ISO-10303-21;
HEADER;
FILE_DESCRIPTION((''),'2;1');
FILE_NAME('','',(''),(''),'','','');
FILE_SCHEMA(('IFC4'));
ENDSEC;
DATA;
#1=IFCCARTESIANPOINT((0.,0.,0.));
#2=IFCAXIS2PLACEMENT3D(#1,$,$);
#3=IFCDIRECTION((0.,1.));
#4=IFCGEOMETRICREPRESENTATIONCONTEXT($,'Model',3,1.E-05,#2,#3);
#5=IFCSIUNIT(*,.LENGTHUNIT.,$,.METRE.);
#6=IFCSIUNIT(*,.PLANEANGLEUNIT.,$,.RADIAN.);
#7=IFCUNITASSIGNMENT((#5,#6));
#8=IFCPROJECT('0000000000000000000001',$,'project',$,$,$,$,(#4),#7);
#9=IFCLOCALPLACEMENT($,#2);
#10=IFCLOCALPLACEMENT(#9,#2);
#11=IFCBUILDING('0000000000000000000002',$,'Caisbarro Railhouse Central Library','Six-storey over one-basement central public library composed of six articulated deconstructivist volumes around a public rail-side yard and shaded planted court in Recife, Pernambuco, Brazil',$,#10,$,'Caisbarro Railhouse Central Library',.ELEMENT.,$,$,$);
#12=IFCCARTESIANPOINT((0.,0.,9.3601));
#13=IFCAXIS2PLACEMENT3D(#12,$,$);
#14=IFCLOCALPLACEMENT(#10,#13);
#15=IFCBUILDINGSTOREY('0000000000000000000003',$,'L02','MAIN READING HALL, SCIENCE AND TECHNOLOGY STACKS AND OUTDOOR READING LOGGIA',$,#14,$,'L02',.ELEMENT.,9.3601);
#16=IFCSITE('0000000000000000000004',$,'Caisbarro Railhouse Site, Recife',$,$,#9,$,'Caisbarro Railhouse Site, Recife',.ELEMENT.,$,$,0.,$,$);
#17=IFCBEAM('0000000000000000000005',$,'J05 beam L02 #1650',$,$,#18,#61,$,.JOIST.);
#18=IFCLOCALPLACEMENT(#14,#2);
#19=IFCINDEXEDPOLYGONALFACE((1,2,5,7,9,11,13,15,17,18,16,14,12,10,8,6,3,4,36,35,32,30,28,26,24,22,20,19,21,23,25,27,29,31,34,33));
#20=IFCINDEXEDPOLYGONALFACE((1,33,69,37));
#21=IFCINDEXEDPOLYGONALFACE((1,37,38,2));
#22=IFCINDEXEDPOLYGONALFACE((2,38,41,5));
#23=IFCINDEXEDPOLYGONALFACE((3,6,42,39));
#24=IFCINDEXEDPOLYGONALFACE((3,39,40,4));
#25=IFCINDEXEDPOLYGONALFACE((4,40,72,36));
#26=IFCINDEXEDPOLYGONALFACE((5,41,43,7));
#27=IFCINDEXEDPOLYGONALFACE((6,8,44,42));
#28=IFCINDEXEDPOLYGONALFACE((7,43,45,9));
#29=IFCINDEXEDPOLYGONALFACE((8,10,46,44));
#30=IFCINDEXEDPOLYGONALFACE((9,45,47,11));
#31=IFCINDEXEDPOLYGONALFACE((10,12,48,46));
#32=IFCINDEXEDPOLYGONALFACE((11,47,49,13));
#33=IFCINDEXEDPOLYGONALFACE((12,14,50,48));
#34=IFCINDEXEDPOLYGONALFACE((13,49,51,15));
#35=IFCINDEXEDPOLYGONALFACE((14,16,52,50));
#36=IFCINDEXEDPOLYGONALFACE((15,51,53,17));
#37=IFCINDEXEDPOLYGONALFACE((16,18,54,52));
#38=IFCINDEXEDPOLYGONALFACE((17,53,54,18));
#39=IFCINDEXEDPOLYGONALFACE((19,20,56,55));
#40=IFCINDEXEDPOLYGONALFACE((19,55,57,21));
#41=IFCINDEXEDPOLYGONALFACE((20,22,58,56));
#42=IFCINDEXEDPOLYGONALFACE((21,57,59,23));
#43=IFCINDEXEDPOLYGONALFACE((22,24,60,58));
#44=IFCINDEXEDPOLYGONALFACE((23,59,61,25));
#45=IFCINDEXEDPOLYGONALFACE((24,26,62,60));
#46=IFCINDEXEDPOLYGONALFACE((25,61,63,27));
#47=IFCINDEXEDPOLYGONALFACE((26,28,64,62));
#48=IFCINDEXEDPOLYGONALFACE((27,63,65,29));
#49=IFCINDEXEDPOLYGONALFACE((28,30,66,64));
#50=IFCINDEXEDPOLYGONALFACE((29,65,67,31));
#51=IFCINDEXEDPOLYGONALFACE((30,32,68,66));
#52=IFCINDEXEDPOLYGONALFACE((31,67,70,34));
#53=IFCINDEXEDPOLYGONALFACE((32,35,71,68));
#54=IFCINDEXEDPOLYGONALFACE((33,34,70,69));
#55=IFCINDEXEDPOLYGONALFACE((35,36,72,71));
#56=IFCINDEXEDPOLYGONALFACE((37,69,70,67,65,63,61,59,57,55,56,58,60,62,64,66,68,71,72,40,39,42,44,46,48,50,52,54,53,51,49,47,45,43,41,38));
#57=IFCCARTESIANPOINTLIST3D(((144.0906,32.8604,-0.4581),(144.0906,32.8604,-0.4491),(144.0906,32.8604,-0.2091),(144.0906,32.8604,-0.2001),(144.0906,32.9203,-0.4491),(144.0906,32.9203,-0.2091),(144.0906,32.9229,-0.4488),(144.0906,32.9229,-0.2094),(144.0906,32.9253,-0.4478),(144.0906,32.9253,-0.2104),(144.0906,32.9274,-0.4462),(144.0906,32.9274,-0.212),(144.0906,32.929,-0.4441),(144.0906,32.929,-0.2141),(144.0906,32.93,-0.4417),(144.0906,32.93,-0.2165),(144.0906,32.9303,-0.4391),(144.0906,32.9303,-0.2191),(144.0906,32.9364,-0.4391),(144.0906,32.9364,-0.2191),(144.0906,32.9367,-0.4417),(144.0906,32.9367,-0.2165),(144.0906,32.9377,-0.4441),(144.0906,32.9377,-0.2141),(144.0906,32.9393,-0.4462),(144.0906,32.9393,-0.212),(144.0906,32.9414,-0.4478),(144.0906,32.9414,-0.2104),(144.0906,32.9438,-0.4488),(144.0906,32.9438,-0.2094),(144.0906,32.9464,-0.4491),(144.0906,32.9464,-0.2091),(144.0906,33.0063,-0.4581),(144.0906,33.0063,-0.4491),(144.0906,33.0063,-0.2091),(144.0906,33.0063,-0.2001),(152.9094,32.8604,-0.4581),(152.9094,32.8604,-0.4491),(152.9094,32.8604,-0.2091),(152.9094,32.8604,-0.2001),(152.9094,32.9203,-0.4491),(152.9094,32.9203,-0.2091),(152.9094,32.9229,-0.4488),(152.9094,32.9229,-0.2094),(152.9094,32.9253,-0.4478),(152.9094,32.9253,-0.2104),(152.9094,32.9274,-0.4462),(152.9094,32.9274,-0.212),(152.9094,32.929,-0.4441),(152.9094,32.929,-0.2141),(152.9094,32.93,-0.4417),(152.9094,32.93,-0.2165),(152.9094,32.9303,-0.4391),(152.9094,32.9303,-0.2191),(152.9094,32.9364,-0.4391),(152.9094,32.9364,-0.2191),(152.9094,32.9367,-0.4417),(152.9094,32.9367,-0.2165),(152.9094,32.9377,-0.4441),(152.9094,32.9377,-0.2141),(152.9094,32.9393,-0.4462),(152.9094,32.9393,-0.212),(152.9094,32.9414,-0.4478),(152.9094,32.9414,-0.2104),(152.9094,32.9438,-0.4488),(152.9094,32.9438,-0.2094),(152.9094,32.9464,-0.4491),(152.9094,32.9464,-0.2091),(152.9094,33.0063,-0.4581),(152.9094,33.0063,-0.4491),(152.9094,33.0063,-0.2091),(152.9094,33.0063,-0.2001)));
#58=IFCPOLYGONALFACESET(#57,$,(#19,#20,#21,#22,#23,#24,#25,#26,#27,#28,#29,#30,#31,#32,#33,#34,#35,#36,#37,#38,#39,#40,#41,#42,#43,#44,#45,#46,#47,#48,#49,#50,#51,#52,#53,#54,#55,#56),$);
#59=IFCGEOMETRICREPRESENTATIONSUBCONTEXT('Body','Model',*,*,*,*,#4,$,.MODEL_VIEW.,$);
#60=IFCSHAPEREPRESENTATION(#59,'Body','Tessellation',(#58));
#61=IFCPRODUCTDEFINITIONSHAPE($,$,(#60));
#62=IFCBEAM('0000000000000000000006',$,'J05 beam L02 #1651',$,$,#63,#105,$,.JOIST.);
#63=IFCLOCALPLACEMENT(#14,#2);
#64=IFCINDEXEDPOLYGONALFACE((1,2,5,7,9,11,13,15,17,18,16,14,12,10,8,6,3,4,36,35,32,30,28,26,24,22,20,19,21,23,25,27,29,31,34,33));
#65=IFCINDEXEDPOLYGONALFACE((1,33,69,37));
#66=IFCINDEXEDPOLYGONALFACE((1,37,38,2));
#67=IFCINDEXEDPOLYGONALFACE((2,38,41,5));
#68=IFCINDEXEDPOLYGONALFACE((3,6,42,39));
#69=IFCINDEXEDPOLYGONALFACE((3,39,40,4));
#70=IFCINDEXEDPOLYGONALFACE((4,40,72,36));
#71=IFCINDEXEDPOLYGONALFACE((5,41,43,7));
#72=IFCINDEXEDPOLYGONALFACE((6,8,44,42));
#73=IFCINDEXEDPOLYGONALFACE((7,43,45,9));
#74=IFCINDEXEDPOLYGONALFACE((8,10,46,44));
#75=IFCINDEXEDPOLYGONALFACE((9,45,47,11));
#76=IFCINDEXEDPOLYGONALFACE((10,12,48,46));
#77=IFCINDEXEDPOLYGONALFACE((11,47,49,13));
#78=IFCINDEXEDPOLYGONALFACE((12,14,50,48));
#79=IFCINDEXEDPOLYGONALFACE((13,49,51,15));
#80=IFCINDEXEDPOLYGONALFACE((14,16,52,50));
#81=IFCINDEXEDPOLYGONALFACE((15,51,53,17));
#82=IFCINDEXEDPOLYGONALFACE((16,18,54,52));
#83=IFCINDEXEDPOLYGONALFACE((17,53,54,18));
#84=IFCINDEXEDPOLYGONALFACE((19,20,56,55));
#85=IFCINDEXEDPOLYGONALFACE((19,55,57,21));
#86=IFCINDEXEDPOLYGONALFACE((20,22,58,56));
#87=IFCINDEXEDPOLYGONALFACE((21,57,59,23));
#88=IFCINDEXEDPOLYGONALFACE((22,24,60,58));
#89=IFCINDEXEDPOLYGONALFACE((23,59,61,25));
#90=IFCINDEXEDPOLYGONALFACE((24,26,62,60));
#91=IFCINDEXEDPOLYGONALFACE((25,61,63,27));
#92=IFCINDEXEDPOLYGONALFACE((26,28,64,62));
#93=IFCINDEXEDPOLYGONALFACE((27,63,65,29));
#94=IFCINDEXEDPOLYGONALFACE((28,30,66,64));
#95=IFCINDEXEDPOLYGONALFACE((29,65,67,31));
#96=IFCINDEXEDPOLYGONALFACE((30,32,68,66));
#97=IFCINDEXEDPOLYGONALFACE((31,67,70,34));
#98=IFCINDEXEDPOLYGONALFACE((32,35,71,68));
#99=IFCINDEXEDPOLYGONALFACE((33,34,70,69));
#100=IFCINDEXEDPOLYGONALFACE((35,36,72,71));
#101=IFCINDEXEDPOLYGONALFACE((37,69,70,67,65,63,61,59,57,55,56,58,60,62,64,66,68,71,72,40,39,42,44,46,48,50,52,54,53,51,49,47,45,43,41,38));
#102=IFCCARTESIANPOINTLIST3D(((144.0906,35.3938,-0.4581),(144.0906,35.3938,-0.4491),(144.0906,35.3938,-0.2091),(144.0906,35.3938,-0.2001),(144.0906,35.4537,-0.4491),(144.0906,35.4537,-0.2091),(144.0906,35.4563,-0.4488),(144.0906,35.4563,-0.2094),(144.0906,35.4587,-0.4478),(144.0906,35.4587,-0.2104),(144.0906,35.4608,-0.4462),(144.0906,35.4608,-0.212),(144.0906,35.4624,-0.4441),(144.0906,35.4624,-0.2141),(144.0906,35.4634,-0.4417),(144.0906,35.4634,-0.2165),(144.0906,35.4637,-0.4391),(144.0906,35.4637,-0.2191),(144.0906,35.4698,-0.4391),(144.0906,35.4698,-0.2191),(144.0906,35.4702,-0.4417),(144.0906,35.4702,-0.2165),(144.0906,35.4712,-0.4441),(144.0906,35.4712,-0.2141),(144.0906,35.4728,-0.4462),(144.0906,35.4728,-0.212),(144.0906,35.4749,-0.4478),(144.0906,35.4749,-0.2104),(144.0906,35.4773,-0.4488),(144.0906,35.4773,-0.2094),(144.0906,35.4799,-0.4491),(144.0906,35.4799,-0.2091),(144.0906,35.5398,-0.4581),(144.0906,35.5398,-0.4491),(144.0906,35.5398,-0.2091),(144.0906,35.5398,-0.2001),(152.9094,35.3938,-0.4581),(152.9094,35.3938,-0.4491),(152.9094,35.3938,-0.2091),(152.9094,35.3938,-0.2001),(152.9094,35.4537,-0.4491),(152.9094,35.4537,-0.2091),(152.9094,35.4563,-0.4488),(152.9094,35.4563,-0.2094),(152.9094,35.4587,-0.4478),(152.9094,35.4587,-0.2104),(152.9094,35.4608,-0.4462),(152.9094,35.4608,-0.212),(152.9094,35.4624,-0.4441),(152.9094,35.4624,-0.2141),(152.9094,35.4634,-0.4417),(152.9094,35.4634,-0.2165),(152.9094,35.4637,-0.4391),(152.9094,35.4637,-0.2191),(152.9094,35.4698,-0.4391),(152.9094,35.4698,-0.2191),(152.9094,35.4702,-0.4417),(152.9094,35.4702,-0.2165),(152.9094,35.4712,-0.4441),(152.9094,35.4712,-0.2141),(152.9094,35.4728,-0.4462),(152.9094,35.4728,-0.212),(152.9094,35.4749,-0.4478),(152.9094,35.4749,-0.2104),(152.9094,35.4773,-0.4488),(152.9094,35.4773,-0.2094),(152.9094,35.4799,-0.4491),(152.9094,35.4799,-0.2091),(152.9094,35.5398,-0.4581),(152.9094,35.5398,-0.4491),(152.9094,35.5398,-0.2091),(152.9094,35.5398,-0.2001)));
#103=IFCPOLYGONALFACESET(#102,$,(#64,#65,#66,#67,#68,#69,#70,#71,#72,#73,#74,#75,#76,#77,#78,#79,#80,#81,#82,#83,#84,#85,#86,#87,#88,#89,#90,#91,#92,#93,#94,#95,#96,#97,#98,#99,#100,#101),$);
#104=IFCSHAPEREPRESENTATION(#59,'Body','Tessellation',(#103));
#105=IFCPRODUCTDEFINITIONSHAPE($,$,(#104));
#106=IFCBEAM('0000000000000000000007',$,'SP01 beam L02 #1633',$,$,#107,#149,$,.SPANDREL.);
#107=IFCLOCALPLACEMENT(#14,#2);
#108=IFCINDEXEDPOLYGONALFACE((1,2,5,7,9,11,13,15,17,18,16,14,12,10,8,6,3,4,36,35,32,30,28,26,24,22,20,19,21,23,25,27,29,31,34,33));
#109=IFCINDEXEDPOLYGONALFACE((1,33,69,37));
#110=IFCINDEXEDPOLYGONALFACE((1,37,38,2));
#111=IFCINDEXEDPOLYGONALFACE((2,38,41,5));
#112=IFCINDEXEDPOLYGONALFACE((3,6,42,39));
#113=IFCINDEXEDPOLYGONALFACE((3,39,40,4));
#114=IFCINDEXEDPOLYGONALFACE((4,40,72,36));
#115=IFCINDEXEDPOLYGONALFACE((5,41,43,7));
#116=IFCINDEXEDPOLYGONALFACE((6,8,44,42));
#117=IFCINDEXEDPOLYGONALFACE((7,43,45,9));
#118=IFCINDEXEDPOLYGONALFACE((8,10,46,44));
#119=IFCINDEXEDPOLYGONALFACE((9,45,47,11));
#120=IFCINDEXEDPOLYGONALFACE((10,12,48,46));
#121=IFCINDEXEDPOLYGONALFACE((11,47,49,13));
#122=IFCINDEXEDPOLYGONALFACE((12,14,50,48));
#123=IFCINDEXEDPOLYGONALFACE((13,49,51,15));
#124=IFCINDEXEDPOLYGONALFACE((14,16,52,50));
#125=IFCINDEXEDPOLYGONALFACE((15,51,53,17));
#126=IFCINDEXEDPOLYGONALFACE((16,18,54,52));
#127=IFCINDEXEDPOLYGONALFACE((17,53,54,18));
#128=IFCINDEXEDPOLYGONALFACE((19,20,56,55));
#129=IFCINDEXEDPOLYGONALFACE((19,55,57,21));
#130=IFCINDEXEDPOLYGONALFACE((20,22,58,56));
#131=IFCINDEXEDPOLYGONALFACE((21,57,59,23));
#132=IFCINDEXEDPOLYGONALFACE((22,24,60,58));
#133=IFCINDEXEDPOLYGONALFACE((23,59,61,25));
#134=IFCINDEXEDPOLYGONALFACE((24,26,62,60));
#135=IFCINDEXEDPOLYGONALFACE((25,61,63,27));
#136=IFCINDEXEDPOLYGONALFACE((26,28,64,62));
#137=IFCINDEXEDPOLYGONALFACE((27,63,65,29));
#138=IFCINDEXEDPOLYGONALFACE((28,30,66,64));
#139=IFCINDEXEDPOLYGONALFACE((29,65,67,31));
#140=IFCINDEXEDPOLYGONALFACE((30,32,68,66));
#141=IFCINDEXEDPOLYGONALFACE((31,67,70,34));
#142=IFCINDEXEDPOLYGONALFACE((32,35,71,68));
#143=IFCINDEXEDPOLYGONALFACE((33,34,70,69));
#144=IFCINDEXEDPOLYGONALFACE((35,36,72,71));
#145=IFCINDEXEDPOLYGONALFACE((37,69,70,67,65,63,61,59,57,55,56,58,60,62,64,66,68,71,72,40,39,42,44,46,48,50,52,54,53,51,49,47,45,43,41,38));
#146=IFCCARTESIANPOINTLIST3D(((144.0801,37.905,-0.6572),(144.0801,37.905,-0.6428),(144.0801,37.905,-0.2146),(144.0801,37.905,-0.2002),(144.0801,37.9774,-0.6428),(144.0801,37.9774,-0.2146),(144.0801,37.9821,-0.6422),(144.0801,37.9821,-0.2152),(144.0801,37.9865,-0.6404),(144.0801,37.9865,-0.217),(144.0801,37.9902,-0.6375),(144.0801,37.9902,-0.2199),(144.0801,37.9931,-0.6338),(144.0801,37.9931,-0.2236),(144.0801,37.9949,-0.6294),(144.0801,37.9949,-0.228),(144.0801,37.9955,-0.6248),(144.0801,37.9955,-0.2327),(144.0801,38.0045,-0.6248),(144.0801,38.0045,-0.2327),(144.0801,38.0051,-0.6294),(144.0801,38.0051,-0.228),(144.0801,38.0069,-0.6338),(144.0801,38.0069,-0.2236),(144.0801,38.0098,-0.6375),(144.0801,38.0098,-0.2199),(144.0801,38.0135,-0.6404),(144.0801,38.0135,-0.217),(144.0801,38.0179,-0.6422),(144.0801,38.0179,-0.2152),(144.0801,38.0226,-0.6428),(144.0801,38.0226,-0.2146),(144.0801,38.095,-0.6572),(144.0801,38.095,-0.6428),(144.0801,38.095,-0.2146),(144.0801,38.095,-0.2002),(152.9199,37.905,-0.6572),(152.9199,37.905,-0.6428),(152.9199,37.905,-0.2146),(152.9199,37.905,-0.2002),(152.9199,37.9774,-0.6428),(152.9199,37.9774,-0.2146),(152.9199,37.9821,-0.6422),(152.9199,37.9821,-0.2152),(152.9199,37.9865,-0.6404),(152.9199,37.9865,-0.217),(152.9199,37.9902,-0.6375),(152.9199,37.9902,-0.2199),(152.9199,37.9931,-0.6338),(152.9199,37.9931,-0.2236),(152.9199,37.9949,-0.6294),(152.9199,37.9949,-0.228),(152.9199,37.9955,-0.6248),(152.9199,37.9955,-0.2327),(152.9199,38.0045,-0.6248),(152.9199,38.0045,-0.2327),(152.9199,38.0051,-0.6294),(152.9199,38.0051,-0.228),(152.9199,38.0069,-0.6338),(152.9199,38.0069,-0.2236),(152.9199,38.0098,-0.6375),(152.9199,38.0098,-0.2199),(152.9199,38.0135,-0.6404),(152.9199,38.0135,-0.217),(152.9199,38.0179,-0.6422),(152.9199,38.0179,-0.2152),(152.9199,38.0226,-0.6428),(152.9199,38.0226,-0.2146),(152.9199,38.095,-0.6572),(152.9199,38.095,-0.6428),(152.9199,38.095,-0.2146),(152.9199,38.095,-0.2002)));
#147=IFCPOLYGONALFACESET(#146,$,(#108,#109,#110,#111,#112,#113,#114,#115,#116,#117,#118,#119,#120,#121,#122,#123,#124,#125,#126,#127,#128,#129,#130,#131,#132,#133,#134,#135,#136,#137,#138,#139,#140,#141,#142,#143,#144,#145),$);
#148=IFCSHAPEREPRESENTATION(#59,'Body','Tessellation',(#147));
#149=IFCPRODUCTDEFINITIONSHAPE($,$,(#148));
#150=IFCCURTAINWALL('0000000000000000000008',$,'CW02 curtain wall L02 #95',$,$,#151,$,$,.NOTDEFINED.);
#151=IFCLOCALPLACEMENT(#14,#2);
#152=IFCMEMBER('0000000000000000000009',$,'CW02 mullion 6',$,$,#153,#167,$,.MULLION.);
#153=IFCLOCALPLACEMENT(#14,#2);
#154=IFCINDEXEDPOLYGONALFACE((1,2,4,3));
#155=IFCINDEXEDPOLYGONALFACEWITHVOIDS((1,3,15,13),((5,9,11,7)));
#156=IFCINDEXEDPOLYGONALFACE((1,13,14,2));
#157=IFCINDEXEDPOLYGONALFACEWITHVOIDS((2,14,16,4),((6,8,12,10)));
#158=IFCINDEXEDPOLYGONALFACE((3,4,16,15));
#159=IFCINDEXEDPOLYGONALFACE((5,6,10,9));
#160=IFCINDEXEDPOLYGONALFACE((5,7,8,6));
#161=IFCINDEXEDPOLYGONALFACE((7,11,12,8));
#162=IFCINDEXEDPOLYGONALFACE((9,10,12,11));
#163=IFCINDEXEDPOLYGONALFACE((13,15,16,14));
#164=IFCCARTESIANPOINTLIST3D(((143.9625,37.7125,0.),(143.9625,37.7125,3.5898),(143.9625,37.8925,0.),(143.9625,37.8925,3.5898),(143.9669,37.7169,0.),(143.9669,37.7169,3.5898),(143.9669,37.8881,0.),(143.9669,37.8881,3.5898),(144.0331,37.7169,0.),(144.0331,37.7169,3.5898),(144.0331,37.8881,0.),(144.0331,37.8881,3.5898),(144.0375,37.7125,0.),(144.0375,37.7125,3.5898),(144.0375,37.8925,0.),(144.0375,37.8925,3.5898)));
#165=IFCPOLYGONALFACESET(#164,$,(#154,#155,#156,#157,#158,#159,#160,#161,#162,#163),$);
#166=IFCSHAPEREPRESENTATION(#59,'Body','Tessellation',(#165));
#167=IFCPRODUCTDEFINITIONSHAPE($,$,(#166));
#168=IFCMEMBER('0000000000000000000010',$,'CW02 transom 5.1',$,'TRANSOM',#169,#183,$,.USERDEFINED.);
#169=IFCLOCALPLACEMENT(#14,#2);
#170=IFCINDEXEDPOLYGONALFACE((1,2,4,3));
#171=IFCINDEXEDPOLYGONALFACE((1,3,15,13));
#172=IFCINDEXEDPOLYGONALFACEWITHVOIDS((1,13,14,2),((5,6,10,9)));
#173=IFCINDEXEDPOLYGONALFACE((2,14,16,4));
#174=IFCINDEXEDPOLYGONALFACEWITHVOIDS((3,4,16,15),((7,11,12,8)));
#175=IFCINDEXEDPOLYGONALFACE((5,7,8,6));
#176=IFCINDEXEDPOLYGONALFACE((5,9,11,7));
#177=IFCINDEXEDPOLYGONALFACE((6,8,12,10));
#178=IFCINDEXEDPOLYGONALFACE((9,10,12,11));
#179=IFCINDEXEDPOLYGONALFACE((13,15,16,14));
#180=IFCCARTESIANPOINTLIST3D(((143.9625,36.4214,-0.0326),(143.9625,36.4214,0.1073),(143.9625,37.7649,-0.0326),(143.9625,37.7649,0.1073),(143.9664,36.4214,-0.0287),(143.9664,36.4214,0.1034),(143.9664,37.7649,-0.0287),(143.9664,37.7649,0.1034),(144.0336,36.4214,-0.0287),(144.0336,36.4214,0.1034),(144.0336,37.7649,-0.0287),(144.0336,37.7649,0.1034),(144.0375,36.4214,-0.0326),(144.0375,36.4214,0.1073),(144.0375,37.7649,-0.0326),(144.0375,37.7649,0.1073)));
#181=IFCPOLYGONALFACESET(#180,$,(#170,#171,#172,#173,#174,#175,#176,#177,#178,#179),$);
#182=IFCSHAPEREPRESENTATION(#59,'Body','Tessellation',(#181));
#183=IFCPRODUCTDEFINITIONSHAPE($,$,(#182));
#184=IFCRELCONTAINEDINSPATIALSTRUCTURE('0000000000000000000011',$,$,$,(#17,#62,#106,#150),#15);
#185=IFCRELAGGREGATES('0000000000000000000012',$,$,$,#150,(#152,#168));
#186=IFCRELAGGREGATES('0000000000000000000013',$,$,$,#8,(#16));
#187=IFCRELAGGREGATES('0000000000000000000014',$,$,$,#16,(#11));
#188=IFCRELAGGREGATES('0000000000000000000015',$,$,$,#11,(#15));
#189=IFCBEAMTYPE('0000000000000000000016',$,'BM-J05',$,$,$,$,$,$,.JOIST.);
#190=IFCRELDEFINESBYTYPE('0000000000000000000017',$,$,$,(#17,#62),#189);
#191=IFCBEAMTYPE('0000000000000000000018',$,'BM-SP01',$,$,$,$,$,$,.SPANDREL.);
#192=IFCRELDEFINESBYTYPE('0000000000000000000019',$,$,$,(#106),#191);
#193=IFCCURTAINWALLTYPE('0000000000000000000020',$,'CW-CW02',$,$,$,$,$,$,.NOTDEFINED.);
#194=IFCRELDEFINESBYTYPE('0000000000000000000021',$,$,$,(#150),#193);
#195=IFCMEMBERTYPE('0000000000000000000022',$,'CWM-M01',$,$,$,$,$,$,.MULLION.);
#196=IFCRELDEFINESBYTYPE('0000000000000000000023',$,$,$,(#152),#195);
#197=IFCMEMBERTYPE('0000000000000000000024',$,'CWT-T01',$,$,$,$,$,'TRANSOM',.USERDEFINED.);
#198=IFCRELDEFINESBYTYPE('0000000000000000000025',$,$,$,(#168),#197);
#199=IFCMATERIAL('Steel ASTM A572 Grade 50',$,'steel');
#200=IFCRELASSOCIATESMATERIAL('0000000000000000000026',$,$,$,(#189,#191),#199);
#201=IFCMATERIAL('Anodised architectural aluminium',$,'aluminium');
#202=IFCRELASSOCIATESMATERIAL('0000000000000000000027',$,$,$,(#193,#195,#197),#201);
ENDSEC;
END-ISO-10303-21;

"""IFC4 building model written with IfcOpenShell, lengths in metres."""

from ifc_helpers import new_model, si_unit, direction, frame, origin, origin_2d, place, context, subcontext, project, spatial, hollow_rectangle, i_section, extrude, material, material_profile, profile_set, type_object, element, aggregate, save


model = new_model("IFC4")

# Units and contexts
model_context = context("Model", 3, precision=1e-05, world=origin(), true_north=direction((0.0, 1.0)))
body_context = subcontext(model_context, "Body", "Model", "MODEL_VIEW")
ifc_project = project(units=[si_unit("LENGTHUNIT", "METRE"), si_unit("PLANEANGLEUNIT", "RADIAN")], contexts=[model_context])

# Site, building, storey
site_placement = place(None, origin())
site = spatial("IfcSite", under=ifc_project, at=site_placement, Name="Caisbarro Railhouse Site, Recife", LongName="Caisbarro Railhouse Site, Recife", CompositionType="ELEMENT", RefElevation=0.0)
building_placement = place(site_placement, origin())
building = spatial("IfcBuilding", under=site, at=building_placement, Name="Caisbarro Railhouse Central Library", Description="Six-storey over one-basement central public library composed of six articulated deconstructivist volumes around a public rail-side yard and shaded planted court in Recife, Pernambuco, Brazil", LongName="Caisbarro Railhouse Central Library", CompositionType="ELEMENT")
storey_placement = place(building_placement, frame((0.0, 0.0, 9.3601)))
storey = spatial("IfcBuildingStorey", under=building, at=storey_placement, Name="L02", Description="MAIN READING HALL, SCIENCE AND TECHNOLOGY STACKS AND OUTDOOR READING LOGGIA", LongName="L02", CompositionType="ELEMENT", Elevation=9.3601)

# Shared definitions
ifc_material_1 = material(Name="Steel ASTM A572 Grade 50", Category="steel")

# Beams
ifc_material_profile_1 = material_profile(ifc_material_1, i_section(OverallWidth=0.146, OverallDepth=0.2581, WebThickness=0.0061, FlangeThickness=0.009, FilletRadius=0.01, at=origin_2d()), Name="W250X32.7")
ifc_profile_set_1 = profile_set([ifc_material_profile_1], Name="Steel ASTM A572 Grade 50")
beam_type_1 = type_object("IfcBeamType", Name="BM-J05", PredefinedType="JOIST", material=ifc_profile_set_1)
for number, where, z_axis, x_axis, name in (
    (1, (144.0906, 32.9333, -0.3291), (1.0, 0.0, 0.0), (0.0, 1.0, 0.0), "J05 beam L02 #1650"),
    (2, (144.0906, 35.4668, -0.3291), (1.0, 0.0, 0.0), (0.0, 1.0, 0.0), "J05 beam L02 #1651"),
):
    element("IfcBeam", number, at=place(storey_placement, frame(where, z_axis=z_axis, x_axis=x_axis)), inside=storey, type_object=beam_type_1, Name=name, PredefinedType="JOIST", context=body_context, shape_type="SweptSolid", body=[
        extrude(i_section(OverallWidth=0.146, OverallDepth=0.2581, WebThickness=0.0061, FlangeThickness=0.009, FilletRadius=0.01, at=origin_2d()), origin(), (0.0, 0.0, 1.0), 8.8188),
    ])
ifc_material_profile_2 = material_profile(ifc_material_1, i_section(OverallWidth=0.1899, OverallDepth=0.457, WebThickness=0.009, FlangeThickness=0.0144, FilletRadius=0.0181, at=origin_2d()), Name="W460X74.0")
ifc_profile_set_2 = profile_set([ifc_material_profile_2], Name="Steel ASTM A572 Grade 50")
beam_type_2 = type_object("IfcBeamType", Name="BM-SP01", PredefinedType="SPANDREL", material=ifc_profile_set_2)
beam_1_placement = place(storey_placement, frame((144.0801, 38.0, -0.4287), z_axis=(1.0, 0.0, 0.0), x_axis=(0.0, 1.0, 0.0)))
element("IfcBeam", 3, at=beam_1_placement, inside=storey, type_object=beam_type_2, Name="SP01 beam L02 #1633", PredefinedType="SPANDREL", context=body_context, shape_type="SweptSolid", body=[
    extrude(i_section(OverallWidth=0.1899, OverallDepth=0.457, WebThickness=0.009, FlangeThickness=0.0144, FilletRadius=0.0181, at=origin_2d()), origin(), (0.0, 0.0, 1.0), 8.8398),
])

# Curtain wall, members
ifc_material_2 = material(Name="Anodised architectural aluminium", Category="aluminium")
curtain_wall_type = type_object("IfcCurtainWallType", Name="CW-CW02", PredefinedType="NOTDEFINED", material=ifc_material_2)
curtain_wall_placement = place(storey_placement, origin())
curtain_wall = element("IfcCurtainWall", 4, at=curtain_wall_placement, inside=storey, type_object=curtain_wall_type, Name="CW02 curtain wall L02 #95", PredefinedType="NOTDEFINED")
ifc_material_profile_3 = material_profile(ifc_material_2, hollow_rectangle(XDim=0.075, YDim=0.1799, WallThickness=0.0044, at=origin_2d()), Name="ALU-MUL-75X180")
ifc_profile_set_3 = profile_set([ifc_material_profile_3], Name="Anodised architectural aluminium")
member_type_1 = type_object("IfcMemberType", Name="CWM-M01", PredefinedType="MULLION", material=ifc_profile_set_3)
member_1_placement = place(storey_placement, frame((144.0, 37.8025, 0.0), z_axis=(0.0, 0.0, 1.0), x_axis=(-1.0, 0.0, 0.0)))
member_1 = element("IfcMember", 5, at=member_1_placement, type_object=member_type_1, Name="CW02 mullion 6", PredefinedType="MULLION", context=body_context, shape_type="SweptSolid", body=[
    extrude(hollow_rectangle(XDim=0.075, YDim=0.1799, WallThickness=0.0044, at=origin_2d()), origin(), (0.0, 0.0, 1.0), 3.5898),
])
ifc_material_profile_4 = material_profile(ifc_material_2, hollow_rectangle(XDim=0.075, YDim=0.1399, WallThickness=0.0039, at=origin_2d()), Name="ALU-TRN-75X140")
ifc_profile_set_4 = profile_set([ifc_material_profile_4], Name="Anodised architectural aluminium")
member_type_2 = type_object("IfcMemberType", Name="CWT-T01", ElementType="TRANSOM", PredefinedType="USERDEFINED", material=ifc_profile_set_4)
member_2_placement = place(storey_placement, frame((144.0, 36.4214, 0.0374), z_axis=(0.0, 1.0, 0.0), x_axis=(-1.0, 0.0, 0.0)))
member_2 = element("IfcMember", 6, at=member_2_placement, type_object=member_type_2, Name="CW02 transom 5.1", ObjectType="TRANSOM", PredefinedType="USERDEFINED", context=body_context, shape_type="SweptSolid", body=[
    extrude(hollow_rectangle(XDim=0.075, YDim=0.1399, WallThickness=0.0039, at=origin_2d()), origin(), (0.0, 0.0, 1.0), 1.3435),
])
aggregate(curtain_wall, [member_1, member_2])

save(model, "model.ifc")
